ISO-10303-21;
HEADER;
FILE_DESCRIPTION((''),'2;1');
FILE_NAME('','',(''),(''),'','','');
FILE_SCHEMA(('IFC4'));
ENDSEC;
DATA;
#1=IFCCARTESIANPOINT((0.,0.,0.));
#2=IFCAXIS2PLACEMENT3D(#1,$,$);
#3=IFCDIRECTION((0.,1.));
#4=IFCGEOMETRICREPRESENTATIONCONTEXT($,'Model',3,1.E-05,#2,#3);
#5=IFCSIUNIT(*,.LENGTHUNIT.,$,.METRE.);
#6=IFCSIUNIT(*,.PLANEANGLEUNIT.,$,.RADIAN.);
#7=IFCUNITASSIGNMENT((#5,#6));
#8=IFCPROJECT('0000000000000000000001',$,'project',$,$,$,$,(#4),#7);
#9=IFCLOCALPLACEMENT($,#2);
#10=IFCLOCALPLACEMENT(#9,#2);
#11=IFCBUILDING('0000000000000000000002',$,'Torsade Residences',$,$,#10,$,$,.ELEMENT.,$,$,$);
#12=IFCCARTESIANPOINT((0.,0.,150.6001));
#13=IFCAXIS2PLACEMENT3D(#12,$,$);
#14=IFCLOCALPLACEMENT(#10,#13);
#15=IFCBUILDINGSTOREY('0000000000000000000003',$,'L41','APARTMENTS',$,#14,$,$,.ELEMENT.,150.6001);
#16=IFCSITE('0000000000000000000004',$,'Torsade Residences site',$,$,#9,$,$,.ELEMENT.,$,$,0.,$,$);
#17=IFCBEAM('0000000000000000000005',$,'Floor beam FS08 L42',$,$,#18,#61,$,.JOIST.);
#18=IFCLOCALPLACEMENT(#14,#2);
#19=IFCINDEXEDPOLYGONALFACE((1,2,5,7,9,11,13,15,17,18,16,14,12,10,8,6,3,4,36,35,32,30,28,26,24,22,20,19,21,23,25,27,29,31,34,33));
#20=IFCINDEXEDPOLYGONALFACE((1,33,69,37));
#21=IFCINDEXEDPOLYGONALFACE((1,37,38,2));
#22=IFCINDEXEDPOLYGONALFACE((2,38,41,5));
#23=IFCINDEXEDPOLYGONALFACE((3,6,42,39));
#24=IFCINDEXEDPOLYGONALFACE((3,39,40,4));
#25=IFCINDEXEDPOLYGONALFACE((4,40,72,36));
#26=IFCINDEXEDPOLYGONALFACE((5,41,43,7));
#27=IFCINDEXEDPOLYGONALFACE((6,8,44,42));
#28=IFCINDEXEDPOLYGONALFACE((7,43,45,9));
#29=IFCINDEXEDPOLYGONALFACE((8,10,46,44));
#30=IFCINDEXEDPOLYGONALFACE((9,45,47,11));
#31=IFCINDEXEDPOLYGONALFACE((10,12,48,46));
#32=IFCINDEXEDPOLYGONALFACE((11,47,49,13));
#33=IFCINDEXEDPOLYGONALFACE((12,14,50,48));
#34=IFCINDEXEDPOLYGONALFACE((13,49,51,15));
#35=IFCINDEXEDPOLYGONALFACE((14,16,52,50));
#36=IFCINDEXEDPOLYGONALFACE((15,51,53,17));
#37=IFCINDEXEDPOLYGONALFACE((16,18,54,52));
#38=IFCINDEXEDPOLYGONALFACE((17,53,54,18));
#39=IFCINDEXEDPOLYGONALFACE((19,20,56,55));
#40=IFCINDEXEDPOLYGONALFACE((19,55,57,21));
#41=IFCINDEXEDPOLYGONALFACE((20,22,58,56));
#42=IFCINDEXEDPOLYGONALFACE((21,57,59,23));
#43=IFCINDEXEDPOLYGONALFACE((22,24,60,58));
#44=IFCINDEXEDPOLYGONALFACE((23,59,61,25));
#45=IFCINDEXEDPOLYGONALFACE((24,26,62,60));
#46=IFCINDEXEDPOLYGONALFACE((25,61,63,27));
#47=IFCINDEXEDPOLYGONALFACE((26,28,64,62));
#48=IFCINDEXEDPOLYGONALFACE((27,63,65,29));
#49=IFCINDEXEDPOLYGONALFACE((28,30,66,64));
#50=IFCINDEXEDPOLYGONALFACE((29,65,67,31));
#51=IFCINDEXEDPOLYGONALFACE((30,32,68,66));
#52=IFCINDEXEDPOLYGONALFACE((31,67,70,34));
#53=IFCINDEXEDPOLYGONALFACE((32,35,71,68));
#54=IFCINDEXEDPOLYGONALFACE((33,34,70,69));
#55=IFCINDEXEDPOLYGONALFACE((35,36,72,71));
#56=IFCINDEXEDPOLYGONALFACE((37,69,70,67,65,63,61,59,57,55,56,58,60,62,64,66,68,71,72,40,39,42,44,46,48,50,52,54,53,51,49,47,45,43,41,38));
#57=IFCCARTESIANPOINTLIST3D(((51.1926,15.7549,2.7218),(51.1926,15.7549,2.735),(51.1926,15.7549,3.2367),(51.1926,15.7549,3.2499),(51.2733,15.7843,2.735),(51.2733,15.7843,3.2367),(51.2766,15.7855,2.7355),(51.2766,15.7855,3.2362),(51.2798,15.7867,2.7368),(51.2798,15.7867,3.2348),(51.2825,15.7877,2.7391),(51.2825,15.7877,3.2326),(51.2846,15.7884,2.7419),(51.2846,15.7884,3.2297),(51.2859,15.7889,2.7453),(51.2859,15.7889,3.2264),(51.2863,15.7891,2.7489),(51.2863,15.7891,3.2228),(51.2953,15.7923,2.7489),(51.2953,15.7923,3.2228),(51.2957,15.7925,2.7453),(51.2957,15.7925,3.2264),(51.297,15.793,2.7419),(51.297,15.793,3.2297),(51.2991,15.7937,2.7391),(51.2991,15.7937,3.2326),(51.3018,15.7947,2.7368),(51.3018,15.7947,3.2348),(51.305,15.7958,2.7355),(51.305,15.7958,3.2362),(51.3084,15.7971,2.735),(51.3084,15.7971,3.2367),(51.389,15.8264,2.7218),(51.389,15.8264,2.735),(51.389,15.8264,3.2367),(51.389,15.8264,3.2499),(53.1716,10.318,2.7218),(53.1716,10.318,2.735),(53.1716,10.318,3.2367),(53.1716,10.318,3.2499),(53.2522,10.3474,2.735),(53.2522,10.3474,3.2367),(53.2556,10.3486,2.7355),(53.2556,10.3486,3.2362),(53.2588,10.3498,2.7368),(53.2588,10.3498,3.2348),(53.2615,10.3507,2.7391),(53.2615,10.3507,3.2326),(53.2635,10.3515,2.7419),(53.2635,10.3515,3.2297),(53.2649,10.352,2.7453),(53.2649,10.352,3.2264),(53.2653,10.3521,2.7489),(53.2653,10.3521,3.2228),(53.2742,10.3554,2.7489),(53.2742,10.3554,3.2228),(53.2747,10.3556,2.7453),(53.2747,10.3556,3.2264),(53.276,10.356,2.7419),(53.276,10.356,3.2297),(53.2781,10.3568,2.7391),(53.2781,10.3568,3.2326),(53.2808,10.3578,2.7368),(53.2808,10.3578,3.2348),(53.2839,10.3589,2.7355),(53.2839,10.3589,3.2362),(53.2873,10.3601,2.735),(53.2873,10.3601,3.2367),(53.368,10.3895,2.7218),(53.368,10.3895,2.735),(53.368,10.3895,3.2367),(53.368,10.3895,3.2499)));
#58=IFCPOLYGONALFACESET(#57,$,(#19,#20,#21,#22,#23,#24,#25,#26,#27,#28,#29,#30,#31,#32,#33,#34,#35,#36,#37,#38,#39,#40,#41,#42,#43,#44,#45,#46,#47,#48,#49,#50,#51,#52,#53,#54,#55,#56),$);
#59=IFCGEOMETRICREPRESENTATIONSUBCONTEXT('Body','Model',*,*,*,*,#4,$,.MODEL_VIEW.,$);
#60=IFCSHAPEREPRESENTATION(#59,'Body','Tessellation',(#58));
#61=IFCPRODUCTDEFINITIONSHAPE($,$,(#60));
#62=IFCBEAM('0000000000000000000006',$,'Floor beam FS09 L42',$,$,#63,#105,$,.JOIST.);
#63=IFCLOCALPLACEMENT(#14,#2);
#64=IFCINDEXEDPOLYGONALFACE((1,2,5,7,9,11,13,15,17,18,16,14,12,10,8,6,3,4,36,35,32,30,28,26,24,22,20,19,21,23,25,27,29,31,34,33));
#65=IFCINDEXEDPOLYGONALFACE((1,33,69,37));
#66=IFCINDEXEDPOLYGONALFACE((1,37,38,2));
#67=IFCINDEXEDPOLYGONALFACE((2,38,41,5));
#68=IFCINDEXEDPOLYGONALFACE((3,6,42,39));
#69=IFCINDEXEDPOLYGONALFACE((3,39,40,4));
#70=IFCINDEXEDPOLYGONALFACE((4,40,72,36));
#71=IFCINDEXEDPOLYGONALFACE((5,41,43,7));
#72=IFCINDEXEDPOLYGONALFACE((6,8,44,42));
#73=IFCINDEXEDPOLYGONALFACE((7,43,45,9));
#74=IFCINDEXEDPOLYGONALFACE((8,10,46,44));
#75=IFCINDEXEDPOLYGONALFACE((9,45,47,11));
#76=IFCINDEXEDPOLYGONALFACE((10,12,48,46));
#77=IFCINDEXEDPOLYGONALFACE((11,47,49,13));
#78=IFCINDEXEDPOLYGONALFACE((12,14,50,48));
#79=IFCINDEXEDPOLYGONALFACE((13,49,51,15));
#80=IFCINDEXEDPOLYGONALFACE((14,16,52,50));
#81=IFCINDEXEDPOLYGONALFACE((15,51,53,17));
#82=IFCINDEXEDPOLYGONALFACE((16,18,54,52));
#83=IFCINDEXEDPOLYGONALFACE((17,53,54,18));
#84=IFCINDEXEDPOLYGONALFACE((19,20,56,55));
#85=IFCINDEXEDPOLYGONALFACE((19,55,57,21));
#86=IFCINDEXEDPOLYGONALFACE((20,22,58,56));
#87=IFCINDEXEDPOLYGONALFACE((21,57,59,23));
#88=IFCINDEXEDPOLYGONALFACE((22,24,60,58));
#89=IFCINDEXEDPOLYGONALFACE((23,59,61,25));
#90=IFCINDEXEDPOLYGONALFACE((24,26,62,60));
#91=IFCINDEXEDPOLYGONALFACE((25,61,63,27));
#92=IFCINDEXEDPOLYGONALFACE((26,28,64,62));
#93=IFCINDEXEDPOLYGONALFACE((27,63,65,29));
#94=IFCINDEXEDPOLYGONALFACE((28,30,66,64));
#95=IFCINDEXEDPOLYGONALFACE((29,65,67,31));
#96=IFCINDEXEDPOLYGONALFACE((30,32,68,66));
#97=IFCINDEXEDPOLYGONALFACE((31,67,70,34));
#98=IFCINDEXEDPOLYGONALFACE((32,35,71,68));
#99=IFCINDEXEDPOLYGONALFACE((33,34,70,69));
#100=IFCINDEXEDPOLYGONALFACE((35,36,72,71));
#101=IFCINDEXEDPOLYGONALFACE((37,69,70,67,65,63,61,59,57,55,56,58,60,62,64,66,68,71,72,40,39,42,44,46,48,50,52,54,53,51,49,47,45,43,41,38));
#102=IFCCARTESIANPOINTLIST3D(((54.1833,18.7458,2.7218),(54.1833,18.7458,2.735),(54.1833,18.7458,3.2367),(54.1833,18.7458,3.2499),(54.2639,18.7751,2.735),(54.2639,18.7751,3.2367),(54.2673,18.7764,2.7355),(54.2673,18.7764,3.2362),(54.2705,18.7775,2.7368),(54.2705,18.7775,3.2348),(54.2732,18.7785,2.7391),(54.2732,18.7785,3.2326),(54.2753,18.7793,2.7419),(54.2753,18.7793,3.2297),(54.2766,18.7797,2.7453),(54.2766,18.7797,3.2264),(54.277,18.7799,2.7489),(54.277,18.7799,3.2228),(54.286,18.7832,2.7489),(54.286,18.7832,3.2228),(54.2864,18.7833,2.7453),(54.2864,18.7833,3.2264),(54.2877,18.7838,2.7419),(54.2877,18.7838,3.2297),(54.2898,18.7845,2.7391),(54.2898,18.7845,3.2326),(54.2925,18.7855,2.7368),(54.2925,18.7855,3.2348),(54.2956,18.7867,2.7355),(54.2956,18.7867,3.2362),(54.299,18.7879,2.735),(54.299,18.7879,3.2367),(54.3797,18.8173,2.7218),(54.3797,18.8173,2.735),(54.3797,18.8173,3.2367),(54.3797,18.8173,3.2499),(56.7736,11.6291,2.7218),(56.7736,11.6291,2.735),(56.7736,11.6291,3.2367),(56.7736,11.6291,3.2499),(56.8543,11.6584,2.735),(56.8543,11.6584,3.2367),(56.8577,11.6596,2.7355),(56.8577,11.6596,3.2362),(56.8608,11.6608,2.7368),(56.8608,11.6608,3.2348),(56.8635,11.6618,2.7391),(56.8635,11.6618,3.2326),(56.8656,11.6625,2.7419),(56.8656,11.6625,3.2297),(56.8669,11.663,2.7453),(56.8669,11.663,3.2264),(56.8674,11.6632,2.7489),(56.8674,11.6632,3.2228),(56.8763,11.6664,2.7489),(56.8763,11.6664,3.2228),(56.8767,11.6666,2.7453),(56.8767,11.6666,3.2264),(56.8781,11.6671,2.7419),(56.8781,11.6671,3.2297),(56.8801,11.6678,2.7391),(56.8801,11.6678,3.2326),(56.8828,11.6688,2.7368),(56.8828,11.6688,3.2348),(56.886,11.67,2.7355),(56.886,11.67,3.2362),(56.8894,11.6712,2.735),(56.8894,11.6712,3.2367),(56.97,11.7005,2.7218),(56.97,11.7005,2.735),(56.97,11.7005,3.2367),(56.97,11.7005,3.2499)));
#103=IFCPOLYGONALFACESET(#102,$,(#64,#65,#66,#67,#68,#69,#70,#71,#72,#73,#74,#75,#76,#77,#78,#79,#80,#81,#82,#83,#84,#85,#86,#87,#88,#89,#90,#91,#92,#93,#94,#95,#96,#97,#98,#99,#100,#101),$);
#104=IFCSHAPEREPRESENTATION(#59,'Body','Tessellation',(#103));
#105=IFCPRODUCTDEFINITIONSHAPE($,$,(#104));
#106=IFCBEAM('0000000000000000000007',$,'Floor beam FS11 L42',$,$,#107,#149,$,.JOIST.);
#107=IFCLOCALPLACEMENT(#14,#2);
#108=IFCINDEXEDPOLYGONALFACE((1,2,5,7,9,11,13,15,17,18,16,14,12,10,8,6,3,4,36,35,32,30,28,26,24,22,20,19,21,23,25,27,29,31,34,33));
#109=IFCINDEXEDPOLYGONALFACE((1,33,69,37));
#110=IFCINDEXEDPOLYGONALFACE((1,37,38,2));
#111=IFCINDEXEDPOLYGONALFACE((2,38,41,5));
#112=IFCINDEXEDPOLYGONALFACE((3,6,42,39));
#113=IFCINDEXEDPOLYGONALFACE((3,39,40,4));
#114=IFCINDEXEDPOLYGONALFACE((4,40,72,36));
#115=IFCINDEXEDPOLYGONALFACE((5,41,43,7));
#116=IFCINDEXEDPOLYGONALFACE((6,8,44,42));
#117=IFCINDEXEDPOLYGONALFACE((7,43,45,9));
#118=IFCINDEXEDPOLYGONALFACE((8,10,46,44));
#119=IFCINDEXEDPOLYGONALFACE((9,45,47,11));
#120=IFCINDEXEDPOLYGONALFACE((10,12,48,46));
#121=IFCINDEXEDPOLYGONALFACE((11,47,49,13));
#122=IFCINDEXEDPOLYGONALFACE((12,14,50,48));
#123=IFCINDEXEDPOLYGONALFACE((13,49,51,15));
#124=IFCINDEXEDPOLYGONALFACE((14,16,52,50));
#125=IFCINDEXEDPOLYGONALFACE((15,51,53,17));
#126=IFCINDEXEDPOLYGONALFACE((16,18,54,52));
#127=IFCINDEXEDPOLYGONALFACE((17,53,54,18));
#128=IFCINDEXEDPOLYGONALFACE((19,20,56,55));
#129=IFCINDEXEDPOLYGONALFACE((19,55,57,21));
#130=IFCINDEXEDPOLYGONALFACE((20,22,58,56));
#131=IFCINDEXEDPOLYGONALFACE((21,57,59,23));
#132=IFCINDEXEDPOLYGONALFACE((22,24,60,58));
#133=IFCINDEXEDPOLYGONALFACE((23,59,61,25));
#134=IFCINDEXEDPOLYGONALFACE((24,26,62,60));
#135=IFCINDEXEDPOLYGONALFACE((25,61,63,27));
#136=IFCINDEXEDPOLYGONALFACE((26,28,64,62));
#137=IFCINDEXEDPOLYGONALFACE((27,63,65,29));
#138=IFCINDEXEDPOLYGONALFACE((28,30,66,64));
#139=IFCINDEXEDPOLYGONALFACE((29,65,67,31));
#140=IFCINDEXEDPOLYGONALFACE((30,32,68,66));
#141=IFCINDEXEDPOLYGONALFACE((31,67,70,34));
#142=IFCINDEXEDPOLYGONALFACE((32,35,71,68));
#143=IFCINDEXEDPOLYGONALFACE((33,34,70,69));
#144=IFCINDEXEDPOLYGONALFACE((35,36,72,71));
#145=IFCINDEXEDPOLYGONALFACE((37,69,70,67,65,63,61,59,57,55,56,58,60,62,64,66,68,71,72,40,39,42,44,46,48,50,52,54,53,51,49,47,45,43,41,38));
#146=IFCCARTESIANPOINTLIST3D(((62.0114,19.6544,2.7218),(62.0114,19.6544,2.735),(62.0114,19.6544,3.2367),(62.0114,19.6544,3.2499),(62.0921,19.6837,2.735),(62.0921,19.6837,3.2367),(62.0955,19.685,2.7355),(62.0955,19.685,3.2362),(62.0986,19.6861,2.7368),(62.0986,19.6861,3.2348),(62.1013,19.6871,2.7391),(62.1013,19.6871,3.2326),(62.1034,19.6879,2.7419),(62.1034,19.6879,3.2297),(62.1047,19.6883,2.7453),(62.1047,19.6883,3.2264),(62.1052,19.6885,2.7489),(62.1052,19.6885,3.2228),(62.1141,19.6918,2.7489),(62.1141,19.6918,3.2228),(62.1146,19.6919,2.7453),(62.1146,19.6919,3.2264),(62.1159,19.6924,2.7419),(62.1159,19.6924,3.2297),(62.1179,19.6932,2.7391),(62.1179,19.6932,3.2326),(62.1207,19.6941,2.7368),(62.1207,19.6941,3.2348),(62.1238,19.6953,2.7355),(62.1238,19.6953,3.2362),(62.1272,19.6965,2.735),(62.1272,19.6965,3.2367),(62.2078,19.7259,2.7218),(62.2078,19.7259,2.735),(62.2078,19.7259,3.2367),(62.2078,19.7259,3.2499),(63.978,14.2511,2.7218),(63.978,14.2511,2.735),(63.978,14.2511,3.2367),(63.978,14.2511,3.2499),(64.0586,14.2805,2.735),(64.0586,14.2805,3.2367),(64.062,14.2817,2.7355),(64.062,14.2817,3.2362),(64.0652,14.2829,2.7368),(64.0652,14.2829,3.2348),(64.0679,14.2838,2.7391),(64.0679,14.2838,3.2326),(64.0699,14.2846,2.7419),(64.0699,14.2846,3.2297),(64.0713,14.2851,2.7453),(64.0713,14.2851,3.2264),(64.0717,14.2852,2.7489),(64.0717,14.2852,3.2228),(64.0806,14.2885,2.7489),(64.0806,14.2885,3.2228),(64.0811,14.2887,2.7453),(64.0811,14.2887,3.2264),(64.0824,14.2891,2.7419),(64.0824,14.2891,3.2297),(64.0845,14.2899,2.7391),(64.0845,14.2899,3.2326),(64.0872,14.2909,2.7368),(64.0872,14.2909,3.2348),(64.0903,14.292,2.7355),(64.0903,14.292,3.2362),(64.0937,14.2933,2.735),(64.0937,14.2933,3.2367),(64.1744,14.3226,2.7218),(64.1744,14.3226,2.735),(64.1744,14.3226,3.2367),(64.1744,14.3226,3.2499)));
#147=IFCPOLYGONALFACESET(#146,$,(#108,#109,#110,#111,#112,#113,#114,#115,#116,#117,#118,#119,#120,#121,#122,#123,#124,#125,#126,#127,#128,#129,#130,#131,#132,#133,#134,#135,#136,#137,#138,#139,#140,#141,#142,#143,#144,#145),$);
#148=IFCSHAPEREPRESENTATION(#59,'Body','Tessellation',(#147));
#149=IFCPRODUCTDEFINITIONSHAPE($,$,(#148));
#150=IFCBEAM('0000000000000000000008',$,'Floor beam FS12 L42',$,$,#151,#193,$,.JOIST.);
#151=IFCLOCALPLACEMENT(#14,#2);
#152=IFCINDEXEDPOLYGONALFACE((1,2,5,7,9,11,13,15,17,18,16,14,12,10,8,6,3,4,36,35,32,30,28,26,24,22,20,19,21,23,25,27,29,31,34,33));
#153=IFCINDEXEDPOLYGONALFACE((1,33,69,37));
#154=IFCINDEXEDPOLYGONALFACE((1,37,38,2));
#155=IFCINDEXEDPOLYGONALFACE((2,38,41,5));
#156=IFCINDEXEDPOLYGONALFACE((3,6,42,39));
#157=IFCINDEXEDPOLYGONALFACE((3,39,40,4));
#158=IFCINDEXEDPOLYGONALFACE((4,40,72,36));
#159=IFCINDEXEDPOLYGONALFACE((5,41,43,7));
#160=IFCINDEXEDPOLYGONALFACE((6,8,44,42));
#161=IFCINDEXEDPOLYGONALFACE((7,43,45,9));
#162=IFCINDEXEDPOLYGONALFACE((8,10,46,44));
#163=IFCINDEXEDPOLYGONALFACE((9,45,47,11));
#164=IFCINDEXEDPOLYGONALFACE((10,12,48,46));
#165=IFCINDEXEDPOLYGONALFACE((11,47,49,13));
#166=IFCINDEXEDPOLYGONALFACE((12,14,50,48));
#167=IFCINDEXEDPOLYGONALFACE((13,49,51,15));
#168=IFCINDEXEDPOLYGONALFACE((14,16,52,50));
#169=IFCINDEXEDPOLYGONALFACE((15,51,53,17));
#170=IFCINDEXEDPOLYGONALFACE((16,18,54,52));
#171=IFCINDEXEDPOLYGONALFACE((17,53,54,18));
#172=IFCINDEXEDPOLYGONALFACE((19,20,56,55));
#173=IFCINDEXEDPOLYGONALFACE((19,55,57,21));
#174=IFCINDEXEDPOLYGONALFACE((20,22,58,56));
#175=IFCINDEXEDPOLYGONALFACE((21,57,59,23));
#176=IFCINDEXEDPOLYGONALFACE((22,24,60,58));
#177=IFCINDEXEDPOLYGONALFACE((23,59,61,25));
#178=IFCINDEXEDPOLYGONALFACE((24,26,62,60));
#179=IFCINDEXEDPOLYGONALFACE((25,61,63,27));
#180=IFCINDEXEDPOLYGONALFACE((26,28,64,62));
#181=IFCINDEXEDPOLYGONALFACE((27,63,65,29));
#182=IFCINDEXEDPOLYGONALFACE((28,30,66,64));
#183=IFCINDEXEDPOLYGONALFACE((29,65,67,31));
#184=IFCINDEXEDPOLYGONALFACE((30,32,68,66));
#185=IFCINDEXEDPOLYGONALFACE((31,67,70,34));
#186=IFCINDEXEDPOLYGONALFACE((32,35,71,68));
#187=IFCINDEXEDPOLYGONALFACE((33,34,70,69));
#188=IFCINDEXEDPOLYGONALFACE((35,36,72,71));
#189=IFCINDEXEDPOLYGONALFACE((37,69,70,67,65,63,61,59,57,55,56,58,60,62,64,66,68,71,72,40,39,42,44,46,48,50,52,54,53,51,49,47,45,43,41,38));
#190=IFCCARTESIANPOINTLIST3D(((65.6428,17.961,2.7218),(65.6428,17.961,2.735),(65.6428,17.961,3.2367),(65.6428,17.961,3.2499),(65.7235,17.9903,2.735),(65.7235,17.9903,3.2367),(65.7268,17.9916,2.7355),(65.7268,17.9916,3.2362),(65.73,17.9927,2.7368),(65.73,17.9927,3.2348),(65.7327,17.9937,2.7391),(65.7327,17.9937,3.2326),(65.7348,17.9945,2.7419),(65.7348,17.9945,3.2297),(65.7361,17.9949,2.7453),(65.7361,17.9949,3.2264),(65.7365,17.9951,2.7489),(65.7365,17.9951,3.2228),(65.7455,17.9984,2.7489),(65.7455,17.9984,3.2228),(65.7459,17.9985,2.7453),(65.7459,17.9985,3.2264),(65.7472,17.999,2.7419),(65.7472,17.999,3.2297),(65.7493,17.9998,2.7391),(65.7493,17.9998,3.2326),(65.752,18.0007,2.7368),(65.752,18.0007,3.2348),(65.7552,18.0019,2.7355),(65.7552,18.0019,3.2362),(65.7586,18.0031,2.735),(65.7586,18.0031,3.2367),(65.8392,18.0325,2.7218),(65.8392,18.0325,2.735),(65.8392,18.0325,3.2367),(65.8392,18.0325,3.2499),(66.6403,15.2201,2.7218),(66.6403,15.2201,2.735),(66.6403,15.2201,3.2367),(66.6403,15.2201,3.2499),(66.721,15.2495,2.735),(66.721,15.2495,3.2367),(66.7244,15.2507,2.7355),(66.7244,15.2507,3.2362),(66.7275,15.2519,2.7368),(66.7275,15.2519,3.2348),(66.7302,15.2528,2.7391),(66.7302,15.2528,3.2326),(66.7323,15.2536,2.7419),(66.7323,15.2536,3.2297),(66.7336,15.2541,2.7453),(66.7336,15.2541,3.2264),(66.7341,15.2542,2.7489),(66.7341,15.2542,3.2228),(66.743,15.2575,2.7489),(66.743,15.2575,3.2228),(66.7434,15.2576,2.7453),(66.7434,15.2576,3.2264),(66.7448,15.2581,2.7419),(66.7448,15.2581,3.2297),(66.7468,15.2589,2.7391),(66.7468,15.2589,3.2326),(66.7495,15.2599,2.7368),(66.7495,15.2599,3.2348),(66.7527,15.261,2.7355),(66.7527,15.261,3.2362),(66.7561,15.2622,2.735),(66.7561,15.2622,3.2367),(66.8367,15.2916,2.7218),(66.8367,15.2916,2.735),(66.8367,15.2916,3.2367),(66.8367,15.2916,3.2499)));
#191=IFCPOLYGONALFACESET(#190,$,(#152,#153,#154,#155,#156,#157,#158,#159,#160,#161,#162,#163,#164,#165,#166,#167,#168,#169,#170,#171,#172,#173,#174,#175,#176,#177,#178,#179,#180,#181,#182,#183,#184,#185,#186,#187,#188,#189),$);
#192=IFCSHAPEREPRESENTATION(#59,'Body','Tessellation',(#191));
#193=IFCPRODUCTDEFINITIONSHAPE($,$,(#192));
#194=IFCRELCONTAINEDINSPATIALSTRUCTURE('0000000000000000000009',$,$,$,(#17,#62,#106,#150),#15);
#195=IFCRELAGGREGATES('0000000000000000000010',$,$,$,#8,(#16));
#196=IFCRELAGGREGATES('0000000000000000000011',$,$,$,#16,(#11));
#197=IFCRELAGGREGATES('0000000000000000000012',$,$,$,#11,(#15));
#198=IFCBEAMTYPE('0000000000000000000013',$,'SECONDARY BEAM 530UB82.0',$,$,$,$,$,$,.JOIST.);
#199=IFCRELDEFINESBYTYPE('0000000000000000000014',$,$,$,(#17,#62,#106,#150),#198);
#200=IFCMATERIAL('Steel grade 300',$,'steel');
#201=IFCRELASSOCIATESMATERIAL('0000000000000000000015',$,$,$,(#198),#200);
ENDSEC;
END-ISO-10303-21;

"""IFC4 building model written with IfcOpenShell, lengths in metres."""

from ifc_helpers import new_model, si_unit, direction, frame, origin, origin_2d, place, context, subcontext, project, spatial, i_section, extrude, material, material_profile, profile_set, type_object, element, save


model = new_model("IFC4")

# Units and contexts
model_context = context("Model", 3, precision=1e-05, world=origin(), true_north=direction((0.0, 1.0)))
body_context = subcontext(model_context, "Body", "Model", "MODEL_VIEW")
ifc_project = project(units=[si_unit("LENGTHUNIT", "METRE"), si_unit("PLANEANGLEUNIT", "RADIAN")], contexts=[model_context])

# Site, building, storey
site_placement = place(None, origin())
site = spatial("IfcSite", under=ifc_project, at=site_placement, Name="Torsade Residences site", CompositionType="ELEMENT", RefElevation=0.0)
building_placement = place(site_placement, origin())
building = spatial("IfcBuilding", under=site, at=building_placement, Name="Torsade Residences", CompositionType="ELEMENT")
storey_placement = place(building_placement, frame((0.0, 0.0, 150.6001)))
storey = spatial("IfcBuildingStorey", under=building, at=storey_placement, Name="L41", Description="APARTMENTS", CompositionType="ELEMENT", Elevation=150.6001)

# Beams
ifc_material_1 = material(Name="Steel grade 300", Category="steel")
ifc_material_profile_1 = material_profile(ifc_material_1, i_section(OverallWidth=0.209, OverallDepth=0.5281, WebThickness=0.0095, FlangeThickness=0.0132, FilletRadius=0.0139, at=origin_2d()), Name="530UB82.0")
ifc_profile_set_1 = profile_set([ifc_material_profile_1], Name="Steel grade 300")
beam_type_1 = type_object("IfcBeamType", Name="SECONDARY BEAM 530UB82.0", PredefinedType="JOIST", material=ifc_profile_set_1)
beam_1_placement = place(storey_placement, frame((53.2698, 10.3538, 2.9858), z_axis=(-0.342034, 0.939687, 0.0), x_axis=(-0.939687, -0.342034, 0.0)))
element("IfcBeam", 1, at=beam_1_placement, inside=storey, type_object=beam_type_1, Name="Floor beam FS08 L42", PredefinedType="JOIST", context=body_context, shape_type="SweptSolid", body=[
    extrude(i_section(OverallWidth=0.209, OverallDepth=0.5281, WebThickness=0.0095, FlangeThickness=0.0132, FilletRadius=0.0139, at=origin_2d()), origin(), (0.0, 0.0, 1.0), 5.7859),
])
beam_2_placement = place(storey_placement, frame((56.8718, 11.6648, 2.9858), z_axis=(-0.342028, 0.93969, 0.0), x_axis=(-0.93969, -0.342028, 0.0)))
element("IfcBeam", 2, at=beam_2_placement, inside=storey, type_object=beam_type_1, Name="Floor beam FS09 L42", PredefinedType="JOIST", context=body_context, shape_type="SweptSolid", body=[
    extrude(i_section(OverallWidth=0.209, OverallDepth=0.5281, WebThickness=0.0095, FlangeThickness=0.0132, FilletRadius=0.0139, at=origin_2d()), origin(), (0.0, 0.0, 1.0), 7.5735),
])
beam_3_placement = place(storey_placement, frame((64.0762, 14.2869, 2.9858), z_axis=(-0.342006, 0.939698, 0.0), x_axis=(-0.939698, -0.342006, 0.0)))
element("IfcBeam", 3, at=beam_3_placement, inside=storey, type_object=beam_type_1, Name="Floor beam FS11 L42", PredefinedType="JOIST", context=body_context, shape_type="SweptSolid", body=[
    extrude(i_section(OverallWidth=0.209, OverallDepth=0.5281, WebThickness=0.0095, FlangeThickness=0.0132, FilletRadius=0.0139, at=origin_2d()), origin(), (0.0, 0.0, 1.0), 5.75),
])
beam_4_placement = place(storey_placement, frame((66.7385, 15.2559, 2.9858), z_axis=(-0.341998, 0.939701, 0.0), x_axis=(-0.939701, -0.341998, 0.0)))
element("IfcBeam", 4, at=beam_4_placement, inside=storey, type_object=beam_type_1, Name="Floor beam FS12 L42", PredefinedType="JOIST", context=body_context, shape_type="SweptSolid", body=[
    extrude(i_section(OverallWidth=0.209, OverallDepth=0.5281, WebThickness=0.0095, FlangeThickness=0.0132, FilletRadius=0.0139, at=origin_2d()), origin(), (0.0, 0.0, 1.0), 2.9167),
])

save(model, "model.ifc")
